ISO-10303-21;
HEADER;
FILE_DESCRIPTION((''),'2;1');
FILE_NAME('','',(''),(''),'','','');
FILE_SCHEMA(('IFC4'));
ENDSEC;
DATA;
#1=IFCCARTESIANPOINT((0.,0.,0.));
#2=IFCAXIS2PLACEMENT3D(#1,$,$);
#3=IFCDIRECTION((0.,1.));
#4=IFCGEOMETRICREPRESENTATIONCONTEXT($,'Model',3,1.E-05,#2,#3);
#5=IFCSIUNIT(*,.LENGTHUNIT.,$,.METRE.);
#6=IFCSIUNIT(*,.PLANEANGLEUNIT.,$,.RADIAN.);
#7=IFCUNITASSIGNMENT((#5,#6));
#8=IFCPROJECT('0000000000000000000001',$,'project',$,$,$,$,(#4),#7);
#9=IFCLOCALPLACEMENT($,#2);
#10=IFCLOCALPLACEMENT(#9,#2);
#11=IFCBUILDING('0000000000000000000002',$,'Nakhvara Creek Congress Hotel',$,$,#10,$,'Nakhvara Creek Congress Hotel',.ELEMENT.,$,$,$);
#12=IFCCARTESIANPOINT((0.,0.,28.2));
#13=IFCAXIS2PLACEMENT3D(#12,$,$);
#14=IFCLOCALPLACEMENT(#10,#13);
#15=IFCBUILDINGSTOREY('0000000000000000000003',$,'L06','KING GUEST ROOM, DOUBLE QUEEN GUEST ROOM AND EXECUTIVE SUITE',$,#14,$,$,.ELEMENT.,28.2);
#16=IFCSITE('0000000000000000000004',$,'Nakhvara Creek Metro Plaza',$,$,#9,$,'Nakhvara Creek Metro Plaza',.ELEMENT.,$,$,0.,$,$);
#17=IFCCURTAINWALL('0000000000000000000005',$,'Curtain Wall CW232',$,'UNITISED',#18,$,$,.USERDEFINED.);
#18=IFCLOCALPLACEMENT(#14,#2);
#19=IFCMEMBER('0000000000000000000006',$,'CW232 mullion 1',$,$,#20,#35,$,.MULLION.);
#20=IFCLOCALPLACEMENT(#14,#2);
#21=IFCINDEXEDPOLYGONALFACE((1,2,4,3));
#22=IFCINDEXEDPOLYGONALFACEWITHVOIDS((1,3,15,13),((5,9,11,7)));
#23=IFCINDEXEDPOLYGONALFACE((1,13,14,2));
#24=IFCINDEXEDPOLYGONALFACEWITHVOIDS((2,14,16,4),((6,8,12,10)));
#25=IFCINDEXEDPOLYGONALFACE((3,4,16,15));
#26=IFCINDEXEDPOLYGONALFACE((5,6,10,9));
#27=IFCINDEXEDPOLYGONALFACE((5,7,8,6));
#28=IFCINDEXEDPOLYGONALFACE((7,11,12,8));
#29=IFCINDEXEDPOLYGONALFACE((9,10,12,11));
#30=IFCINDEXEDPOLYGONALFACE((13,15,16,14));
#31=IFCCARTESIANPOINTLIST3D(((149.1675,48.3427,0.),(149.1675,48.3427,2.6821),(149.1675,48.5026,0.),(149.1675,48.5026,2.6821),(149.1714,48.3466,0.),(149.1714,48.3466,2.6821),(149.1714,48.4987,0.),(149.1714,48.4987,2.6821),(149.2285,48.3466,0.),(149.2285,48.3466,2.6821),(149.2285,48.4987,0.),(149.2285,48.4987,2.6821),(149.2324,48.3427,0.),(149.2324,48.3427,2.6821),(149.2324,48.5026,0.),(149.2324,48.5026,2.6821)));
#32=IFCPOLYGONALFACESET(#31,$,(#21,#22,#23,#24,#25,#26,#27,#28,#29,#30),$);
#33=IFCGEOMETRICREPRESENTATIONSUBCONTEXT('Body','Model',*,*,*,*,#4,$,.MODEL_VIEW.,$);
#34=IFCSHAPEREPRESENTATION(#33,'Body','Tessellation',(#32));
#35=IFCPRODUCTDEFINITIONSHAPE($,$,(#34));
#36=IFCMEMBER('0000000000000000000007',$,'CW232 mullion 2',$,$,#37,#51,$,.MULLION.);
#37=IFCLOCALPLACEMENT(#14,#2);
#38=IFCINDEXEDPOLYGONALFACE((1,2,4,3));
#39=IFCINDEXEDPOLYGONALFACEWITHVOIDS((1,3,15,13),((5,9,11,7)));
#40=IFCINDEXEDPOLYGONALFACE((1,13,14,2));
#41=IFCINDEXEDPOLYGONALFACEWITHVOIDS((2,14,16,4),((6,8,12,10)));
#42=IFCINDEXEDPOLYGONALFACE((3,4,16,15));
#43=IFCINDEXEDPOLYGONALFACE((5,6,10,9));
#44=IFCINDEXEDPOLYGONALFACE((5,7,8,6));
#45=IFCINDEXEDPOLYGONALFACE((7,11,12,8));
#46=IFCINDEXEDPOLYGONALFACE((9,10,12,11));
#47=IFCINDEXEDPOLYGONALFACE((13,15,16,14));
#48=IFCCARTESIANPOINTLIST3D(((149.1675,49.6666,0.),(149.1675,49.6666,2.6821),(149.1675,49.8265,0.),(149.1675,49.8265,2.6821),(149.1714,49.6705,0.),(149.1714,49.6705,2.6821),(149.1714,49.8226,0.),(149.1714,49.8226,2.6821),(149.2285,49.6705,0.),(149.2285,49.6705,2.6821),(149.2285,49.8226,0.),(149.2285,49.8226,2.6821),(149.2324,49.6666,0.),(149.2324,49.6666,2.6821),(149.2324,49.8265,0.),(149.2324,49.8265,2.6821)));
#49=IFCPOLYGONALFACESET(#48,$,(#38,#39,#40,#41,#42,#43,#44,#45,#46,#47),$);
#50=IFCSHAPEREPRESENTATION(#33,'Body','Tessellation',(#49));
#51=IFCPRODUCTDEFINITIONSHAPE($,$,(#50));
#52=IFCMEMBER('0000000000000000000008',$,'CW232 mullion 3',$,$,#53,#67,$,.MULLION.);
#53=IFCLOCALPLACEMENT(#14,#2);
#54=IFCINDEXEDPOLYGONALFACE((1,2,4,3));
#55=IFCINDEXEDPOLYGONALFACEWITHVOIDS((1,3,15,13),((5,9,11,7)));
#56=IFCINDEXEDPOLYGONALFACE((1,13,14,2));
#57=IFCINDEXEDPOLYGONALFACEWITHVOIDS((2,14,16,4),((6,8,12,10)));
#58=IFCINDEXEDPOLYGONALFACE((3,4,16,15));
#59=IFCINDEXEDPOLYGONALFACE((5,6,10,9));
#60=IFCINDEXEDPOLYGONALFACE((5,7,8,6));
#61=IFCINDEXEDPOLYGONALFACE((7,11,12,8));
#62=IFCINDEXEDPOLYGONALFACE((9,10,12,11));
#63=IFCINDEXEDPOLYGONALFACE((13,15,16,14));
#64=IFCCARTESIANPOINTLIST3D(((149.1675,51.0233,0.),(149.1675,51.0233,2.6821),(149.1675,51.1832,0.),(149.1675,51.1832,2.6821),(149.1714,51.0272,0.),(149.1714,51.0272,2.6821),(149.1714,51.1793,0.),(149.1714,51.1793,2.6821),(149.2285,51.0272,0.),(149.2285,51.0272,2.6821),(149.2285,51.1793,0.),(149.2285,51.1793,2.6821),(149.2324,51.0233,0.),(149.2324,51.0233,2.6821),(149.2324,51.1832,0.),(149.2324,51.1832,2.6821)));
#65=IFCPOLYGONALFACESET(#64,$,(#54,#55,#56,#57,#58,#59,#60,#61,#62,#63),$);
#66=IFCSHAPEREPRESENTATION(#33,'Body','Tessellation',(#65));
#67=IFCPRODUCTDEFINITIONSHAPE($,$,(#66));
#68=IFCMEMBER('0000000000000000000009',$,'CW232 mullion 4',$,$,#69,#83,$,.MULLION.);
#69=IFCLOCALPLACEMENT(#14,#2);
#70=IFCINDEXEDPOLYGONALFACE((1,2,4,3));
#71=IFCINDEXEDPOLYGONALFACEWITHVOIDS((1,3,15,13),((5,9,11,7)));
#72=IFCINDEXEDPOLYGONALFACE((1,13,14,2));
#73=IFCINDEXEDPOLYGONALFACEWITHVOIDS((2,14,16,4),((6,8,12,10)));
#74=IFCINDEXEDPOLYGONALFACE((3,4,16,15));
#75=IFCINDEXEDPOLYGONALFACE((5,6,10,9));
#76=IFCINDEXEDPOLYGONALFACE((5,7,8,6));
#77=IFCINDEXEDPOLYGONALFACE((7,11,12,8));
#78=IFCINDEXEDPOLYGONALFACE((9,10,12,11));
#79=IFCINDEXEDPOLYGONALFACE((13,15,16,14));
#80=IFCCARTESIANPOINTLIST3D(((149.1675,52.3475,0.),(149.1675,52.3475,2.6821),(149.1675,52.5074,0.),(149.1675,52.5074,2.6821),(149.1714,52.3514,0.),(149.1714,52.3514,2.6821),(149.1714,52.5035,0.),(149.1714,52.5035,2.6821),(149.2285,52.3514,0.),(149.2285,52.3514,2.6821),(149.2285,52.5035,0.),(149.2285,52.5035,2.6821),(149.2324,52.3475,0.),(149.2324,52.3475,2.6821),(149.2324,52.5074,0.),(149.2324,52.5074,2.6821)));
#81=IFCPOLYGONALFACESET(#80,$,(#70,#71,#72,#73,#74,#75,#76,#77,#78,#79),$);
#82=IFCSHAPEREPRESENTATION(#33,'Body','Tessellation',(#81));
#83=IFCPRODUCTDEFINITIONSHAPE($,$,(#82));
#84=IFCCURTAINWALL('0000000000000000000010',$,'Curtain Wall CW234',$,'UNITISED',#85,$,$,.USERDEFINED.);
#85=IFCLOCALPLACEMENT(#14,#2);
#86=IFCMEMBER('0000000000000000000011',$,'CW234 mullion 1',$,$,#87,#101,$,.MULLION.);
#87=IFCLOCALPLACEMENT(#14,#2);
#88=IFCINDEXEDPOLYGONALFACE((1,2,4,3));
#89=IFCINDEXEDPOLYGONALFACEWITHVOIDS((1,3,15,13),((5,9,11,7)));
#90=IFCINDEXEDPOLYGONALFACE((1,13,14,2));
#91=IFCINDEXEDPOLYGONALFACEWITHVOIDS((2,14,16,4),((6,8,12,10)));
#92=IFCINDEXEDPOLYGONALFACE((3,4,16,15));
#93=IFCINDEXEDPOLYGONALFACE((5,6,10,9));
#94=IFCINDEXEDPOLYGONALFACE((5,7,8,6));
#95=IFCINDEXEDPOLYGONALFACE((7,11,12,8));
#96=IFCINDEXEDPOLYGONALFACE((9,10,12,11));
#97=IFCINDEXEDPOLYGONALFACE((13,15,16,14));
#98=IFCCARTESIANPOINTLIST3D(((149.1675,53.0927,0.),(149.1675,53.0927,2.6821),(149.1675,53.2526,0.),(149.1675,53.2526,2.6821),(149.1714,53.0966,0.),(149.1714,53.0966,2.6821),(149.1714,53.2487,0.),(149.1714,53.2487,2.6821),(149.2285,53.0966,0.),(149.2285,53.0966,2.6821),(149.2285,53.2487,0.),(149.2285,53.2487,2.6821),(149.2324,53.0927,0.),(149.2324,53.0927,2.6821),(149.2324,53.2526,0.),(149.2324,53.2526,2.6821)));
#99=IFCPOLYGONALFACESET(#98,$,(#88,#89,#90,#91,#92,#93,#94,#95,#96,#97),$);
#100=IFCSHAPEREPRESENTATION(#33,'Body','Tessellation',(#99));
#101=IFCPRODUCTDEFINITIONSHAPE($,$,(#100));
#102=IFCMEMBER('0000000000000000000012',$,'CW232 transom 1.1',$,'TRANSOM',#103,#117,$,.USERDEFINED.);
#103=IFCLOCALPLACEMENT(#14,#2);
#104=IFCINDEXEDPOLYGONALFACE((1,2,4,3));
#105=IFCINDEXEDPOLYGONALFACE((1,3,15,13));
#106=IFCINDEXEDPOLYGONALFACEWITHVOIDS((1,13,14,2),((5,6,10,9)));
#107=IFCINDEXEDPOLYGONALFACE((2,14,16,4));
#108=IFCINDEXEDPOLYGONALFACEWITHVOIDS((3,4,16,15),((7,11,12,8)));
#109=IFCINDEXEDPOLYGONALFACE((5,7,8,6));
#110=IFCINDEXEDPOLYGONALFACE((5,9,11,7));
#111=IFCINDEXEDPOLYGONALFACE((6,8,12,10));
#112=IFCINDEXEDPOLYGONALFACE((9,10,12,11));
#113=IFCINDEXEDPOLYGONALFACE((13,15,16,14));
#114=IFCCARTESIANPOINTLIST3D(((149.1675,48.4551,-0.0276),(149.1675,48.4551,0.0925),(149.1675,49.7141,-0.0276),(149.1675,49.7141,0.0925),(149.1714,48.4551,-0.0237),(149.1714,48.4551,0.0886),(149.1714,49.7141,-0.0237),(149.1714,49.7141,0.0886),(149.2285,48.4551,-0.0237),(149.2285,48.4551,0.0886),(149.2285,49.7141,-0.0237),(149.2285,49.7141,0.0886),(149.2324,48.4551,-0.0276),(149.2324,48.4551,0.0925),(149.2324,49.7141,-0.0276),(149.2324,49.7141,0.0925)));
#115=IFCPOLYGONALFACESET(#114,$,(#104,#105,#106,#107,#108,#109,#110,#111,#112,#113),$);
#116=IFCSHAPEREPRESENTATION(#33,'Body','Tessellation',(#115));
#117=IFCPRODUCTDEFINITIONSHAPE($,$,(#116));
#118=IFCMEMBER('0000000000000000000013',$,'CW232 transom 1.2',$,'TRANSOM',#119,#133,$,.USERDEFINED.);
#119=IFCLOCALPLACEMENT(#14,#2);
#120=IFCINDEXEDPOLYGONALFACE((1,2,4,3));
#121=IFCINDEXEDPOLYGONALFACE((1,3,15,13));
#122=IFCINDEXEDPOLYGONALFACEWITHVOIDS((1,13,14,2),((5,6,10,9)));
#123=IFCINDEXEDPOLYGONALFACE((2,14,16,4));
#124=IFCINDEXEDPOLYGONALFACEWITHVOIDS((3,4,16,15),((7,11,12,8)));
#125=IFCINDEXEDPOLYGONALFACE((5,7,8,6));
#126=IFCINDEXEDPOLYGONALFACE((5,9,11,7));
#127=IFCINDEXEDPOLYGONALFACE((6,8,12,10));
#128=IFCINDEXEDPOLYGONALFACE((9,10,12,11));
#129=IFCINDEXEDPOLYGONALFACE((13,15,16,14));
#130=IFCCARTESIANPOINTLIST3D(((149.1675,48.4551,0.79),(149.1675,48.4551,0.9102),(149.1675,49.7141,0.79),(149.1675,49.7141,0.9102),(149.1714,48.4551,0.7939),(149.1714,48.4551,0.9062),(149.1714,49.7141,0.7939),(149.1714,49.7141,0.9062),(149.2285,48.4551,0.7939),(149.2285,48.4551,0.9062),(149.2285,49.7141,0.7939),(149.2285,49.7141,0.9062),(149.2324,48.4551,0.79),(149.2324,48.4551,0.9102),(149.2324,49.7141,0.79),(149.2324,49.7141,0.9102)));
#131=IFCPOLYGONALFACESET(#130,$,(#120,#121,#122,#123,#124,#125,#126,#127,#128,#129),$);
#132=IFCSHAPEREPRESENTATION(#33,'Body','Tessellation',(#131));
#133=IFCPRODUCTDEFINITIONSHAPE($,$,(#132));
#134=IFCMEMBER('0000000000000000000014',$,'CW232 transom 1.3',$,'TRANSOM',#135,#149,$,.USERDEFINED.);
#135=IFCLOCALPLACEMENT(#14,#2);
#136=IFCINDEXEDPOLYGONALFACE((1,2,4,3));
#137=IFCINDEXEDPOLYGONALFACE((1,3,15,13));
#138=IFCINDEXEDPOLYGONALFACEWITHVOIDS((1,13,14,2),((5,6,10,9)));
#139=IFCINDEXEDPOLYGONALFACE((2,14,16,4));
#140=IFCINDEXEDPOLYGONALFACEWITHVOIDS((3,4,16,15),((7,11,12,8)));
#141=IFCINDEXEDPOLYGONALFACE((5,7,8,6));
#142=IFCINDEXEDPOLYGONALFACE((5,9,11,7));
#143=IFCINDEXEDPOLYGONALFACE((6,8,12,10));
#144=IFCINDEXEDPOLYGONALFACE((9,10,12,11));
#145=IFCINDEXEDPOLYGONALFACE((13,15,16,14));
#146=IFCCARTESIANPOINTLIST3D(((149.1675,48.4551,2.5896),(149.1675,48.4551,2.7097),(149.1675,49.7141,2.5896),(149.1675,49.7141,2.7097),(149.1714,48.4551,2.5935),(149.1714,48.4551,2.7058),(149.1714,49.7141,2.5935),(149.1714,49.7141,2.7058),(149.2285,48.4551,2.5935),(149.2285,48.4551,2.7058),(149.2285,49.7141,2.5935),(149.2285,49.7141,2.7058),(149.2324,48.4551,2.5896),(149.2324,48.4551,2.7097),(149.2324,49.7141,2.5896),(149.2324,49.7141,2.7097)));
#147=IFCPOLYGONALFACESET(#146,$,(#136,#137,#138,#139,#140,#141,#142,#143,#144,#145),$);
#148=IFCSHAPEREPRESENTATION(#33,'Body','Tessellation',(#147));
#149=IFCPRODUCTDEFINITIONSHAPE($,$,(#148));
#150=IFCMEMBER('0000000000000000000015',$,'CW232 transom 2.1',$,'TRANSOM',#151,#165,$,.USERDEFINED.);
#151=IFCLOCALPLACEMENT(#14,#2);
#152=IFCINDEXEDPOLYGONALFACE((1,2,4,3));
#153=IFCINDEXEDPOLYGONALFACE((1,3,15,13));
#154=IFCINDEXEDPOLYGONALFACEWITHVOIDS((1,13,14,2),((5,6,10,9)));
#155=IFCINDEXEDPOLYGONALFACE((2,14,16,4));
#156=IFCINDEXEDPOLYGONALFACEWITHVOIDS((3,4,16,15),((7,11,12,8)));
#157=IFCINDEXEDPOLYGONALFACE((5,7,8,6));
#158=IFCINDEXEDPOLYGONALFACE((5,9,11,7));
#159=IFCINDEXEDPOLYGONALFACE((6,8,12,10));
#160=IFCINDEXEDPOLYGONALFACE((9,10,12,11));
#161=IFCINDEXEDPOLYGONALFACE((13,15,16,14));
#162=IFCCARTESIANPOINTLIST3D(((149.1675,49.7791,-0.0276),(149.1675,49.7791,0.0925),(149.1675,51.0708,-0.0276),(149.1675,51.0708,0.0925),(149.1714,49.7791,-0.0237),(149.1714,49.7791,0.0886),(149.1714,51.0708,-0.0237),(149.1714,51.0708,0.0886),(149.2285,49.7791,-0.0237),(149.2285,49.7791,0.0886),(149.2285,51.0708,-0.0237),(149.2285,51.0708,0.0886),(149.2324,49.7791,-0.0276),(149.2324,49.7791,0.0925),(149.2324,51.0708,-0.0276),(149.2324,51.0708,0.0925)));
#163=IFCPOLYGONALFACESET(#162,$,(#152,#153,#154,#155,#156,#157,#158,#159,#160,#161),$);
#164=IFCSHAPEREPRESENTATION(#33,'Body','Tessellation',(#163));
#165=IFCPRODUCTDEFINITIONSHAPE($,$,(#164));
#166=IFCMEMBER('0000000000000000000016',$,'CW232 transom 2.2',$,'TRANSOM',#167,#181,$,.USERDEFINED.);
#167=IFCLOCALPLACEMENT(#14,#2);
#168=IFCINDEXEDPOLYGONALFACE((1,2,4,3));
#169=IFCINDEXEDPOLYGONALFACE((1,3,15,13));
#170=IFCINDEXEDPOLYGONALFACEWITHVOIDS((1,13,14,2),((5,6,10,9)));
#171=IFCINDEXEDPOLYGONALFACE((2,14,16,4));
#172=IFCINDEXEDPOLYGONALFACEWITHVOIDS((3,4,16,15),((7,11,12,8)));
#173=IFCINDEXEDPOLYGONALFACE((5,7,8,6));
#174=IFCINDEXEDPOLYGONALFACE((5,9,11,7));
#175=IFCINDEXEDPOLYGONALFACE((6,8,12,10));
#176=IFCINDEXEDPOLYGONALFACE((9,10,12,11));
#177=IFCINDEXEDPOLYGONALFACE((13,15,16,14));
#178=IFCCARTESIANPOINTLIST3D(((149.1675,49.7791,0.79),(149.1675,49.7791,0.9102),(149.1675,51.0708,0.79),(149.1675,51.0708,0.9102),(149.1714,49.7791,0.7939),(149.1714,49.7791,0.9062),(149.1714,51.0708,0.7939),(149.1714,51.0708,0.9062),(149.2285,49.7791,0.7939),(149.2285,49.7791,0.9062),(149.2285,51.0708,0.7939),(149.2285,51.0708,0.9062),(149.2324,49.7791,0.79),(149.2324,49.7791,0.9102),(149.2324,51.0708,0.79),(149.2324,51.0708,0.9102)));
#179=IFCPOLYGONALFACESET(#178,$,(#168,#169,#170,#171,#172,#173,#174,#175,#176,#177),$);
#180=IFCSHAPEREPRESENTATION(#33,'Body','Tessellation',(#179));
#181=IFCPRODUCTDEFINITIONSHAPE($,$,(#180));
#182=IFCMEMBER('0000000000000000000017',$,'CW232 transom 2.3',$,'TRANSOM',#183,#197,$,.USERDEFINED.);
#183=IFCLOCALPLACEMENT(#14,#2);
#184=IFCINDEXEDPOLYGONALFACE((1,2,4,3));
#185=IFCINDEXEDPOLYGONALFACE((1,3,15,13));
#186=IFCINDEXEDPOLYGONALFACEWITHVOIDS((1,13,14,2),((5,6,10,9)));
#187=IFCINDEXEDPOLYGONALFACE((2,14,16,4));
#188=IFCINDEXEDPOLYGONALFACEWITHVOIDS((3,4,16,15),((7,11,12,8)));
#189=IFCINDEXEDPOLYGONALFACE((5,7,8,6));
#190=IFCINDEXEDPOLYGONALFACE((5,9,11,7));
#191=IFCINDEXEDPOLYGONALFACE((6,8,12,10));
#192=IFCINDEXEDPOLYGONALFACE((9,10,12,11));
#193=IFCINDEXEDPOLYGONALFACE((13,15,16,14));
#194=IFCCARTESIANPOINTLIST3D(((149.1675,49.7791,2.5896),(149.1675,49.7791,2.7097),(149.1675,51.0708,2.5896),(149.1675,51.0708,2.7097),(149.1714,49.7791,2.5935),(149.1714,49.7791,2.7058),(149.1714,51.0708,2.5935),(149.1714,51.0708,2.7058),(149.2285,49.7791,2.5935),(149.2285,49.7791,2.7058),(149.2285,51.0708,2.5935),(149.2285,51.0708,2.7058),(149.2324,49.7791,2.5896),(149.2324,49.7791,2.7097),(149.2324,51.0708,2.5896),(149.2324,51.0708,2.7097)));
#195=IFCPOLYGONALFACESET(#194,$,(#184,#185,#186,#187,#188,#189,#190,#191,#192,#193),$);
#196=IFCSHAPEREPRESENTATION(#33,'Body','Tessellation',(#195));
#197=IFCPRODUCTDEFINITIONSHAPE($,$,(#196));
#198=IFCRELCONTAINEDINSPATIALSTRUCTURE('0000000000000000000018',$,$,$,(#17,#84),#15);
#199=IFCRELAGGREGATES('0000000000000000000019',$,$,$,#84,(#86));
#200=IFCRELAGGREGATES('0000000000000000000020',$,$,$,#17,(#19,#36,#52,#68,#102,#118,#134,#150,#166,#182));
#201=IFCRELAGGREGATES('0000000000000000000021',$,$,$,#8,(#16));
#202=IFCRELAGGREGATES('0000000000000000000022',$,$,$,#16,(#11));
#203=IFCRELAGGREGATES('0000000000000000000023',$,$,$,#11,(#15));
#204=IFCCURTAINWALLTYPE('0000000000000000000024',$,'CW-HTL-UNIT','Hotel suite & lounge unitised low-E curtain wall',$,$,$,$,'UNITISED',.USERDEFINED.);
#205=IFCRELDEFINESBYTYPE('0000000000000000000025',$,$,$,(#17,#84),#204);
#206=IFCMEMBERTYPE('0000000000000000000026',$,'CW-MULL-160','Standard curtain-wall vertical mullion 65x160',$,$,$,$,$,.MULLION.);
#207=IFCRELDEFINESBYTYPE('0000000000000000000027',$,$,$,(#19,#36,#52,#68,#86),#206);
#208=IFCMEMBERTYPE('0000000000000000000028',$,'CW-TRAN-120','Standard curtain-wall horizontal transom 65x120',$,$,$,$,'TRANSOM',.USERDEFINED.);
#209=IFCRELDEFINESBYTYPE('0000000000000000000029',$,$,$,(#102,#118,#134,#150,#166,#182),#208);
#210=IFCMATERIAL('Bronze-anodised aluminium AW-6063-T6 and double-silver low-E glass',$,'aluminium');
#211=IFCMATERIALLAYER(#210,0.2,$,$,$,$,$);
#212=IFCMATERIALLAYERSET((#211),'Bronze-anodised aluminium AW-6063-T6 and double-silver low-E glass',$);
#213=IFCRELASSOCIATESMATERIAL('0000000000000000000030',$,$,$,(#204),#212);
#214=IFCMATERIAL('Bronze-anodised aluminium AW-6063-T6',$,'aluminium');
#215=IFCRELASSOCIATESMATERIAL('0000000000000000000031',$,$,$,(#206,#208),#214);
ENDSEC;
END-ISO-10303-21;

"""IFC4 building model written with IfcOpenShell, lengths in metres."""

from ifc_helpers import new_model, si_unit, direction, frame, origin, origin_2d, place, context, subcontext, project, spatial, hollow_rectangle, extrude, material, layer, layer_set, material_profile, profile_set, type_object, element, aggregate, save


model = new_model("IFC4")

# Units and contexts
model_context = context("Model", 3, precision=1e-05, world=origin(), true_north=direction((0.0, 1.0)))
body_context = subcontext(model_context, "Body", "Model", "MODEL_VIEW")
ifc_project = project(units=[si_unit("LENGTHUNIT", "METRE"), si_unit("PLANEANGLEUNIT", "RADIAN")], contexts=[model_context])

# Site, building, storey
site_placement = place(None, origin())
site = spatial("IfcSite", under=ifc_project, at=site_placement, Name="Nakhvara Creek Metro Plaza", LongName="Nakhvara Creek Metro Plaza", CompositionType="ELEMENT", RefElevation=0.0)
building_placement = place(site_placement, origin())
building = spatial("IfcBuilding", under=site, at=building_placement, Name="Nakhvara Creek Congress Hotel", LongName="Nakhvara Creek Congress Hotel", CompositionType="ELEMENT")
storey_placement = place(building_placement, frame((0.0, 0.0, 28.2)))
storey = spatial("IfcBuildingStorey", under=building, at=storey_placement, Name="L06", Description="KING GUEST ROOM, DOUBLE QUEEN GUEST ROOM AND EXECUTIVE SUITE", CompositionType="ELEMENT", Elevation=28.2)

# Curtain wall, members
ifc_material_1 = material(Name="Bronze-anodised aluminium AW-6063-T6 and double-silver low-E glass", Category="aluminium")
ifc_layer = layer(ifc_material_1, 0.2)
ifc_layer_set = layer_set([ifc_layer], Name="Bronze-anodised aluminium AW-6063-T6 and double-silver low-E glass")
curtain_wall_type = type_object("IfcCurtainWallType", Name="CW-HTL-UNIT", Description="Hotel suite & lounge unitised low-E curtain wall", ElementType="UNITISED", PredefinedType="USERDEFINED", material=ifc_layer_set)
curtain_wall_1_placement = place(storey_placement, origin())
curtain_wall_1 = element("IfcCurtainWall", 1, at=curtain_wall_1_placement, inside=storey, type_object=curtain_wall_type, Name="Curtain Wall CW232", ObjectType="UNITISED", PredefinedType="USERDEFINED")
ifc_material_2 = material(Name="Bronze-anodised aluminium AW-6063-T6", Category="aluminium")
ifc_material_profile_1 = material_profile(ifc_material_2, hollow_rectangle(XDim=0.0649, YDim=0.1599, WallThickness=0.0039, at=origin_2d()), Name="ALU-MULL 65x160x4", Category="LoadBearing")
ifc_profile_set_1 = profile_set([ifc_material_profile_1], Name="Bronze-anodised aluminium AW-6063-T6")
member_type_1 = type_object("IfcMemberType", Name="CW-MULL-160", Description="Standard curtain-wall vertical mullion 65x160", PredefinedType="MULLION", material=ifc_profile_set_1)
member_1_placement = place(storey_placement, frame((149.2, 48.4226, 0.0), z_axis=(0.0, 0.0, 1.0), x_axis=(-1.0, 0.0, 0.0)))
member_1 = element("IfcMember", 2, at=member_1_placement, type_object=member_type_1, Name="CW232 mullion 1", PredefinedType="MULLION", context=body_context, shape_type="SweptSolid", body=[
    extrude(hollow_rectangle(XDim=0.0649, YDim=0.1599, WallThickness=0.0039, at=origin_2d()), origin(), (0.0, 0.0, 1.0), 2.6821),
])
member_2_placement = place(storey_placement, frame((149.2, 49.7466, 0.0), z_axis=(0.0, 0.0, 1.0), x_axis=(-1.0, 0.0, 0.0)))
member_2 = element("IfcMember", 3, at=member_2_placement, type_object=member_type_1, Name="CW232 mullion 2", PredefinedType="MULLION", context=body_context, shape_type="SweptSolid", body=[
    extrude(hollow_rectangle(XDim=0.0649, YDim=0.1599, WallThickness=0.0039, at=origin_2d()), origin(), (0.0, 0.0, 1.0), 2.6821),
])
member_3_placement = place(storey_placement, frame((149.2, 51.1033, 0.0), z_axis=(0.0, 0.0, 1.0), x_axis=(-1.0, 0.0, 0.0)))
member_3 = element("IfcMember", 4, at=member_3_placement, type_object=member_type_1, Name="CW232 mullion 3", PredefinedType="MULLION", context=body_context, shape_type="SweptSolid", body=[
    extrude(hollow_rectangle(XDim=0.0649, YDim=0.1599, WallThickness=0.0039, at=origin_2d()), origin(), (0.0, 0.0, 1.0), 2.6821),
])
member_4_placement = place(storey_placement, frame((149.2, 52.4275, 0.0), z_axis=(0.0, 0.0, 1.0), x_axis=(-1.0, 0.0, 0.0)))
member_4 = element("IfcMember", 5, at=member_4_placement, type_object=member_type_1, Name="CW232 mullion 4", PredefinedType="MULLION", context=body_context, shape_type="SweptSolid", body=[
    extrude(hollow_rectangle(XDim=0.0649, YDim=0.1599, WallThickness=0.0039, at=origin_2d()), origin(), (0.0, 0.0, 1.0), 2.6821),
])

# Curtain wall, member
curtain_wall_2_placement = place(storey_placement, origin())
curtain_wall_2 = element("IfcCurtainWall", 6, at=curtain_wall_2_placement, inside=storey, type_object=curtain_wall_type, Name="Curtain Wall CW234", ObjectType="UNITISED", PredefinedType="USERDEFINED")
member_5_placement = place(storey_placement, frame((149.2, 53.1726, 0.0), z_axis=(0.0, 0.0, 1.0), x_axis=(-1.0, 0.0, 0.0)))
member_5 = element("IfcMember", 7, at=member_5_placement, type_object=member_type_1, Name="CW234 mullion 1", PredefinedType="MULLION", context=body_context, shape_type="SweptSolid", body=[
    extrude(hollow_rectangle(XDim=0.0649, YDim=0.1599, WallThickness=0.0039, at=origin_2d()), origin(), (0.0, 0.0, 1.0), 2.6821),
])

# Members
ifc_material_profile_2 = material_profile(ifc_material_2, hollow_rectangle(XDim=0.0649, YDim=0.1201, WallThickness=0.0039, at=origin_2d()), Name="ALU-TRAN 65x120x4", Category="LoadBearing")
ifc_profile_set_2 = profile_set([ifc_material_profile_2], Name="Bronze-anodised aluminium AW-6063-T6")
member_type_2 = type_object("IfcMemberType", Name="CW-TRAN-120", Description="Standard curtain-wall horizontal transom 65x120", ElementType="TRANSOM", PredefinedType="USERDEFINED", material=ifc_profile_set_2)
member_6_placement = place(storey_placement, frame((149.2, 48.4551, 0.0325), z_axis=(0.0, 1.0, 0.0), x_axis=(-1.0, 0.0, 0.0)))
member_6 = element("IfcMember", 8, at=member_6_placement, type_object=member_type_2, Name="CW232 transom 1.1", ObjectType="TRANSOM", PredefinedType="USERDEFINED", context=body_context, shape_type="SweptSolid", body=[
    extrude(hollow_rectangle(XDim=0.0649, YDim=0.1201, WallThickness=0.0039, at=origin_2d()), origin(), (0.0, 0.0, 1.0), 1.259),
])
member_7_placement = place(storey_placement, frame((149.2, 48.4551, 0.8501), z_axis=(0.0, 1.0, 0.0), x_axis=(-1.0, 0.0, 0.0)))
member_7 = element("IfcMember", 9, at=member_7_placement, type_object=member_type_2, Name="CW232 transom 1.2", ObjectType="TRANSOM", PredefinedType="USERDEFINED", context=body_context, shape_type="SweptSolid", body=[
    extrude(hollow_rectangle(XDim=0.0649, YDim=0.1201, WallThickness=0.0039, at=origin_2d()), origin(), (0.0, 0.0, 1.0), 1.259),
])
member_8_placement = place(storey_placement, frame((149.2, 48.4551, 2.6497), z_axis=(0.0, 1.0, 0.0), x_axis=(-1.0, 0.0, 0.0)))
member_8 = element("IfcMember", 10, at=member_8_placement, type_object=member_type_2, Name="CW232 transom 1.3", ObjectType="TRANSOM", PredefinedType="USERDEFINED", context=body_context, shape_type="SweptSolid", body=[
    extrude(hollow_rectangle(XDim=0.0649, YDim=0.1201, WallThickness=0.0039, at=origin_2d()), origin(), (0.0, 0.0, 1.0), 1.259),
])
member_9_placement = place(storey_placement, frame((149.2, 49.7791, 0.0325), z_axis=(0.0, 1.0, 0.0), x_axis=(-1.0, 0.0, 0.0)))
member_9 = element("IfcMember", 11, at=member_9_placement, type_object=member_type_2, Name="CW232 transom 2.1", ObjectType="TRANSOM", PredefinedType="USERDEFINED", context=body_context, shape_type="SweptSolid", body=[
    extrude(hollow_rectangle(XDim=0.0649, YDim=0.1201, WallThickness=0.0039, at=origin_2d()), origin(), (0.0, 0.0, 1.0), 1.2917),
])
member_10_placement = place(storey_placement, frame((149.2, 49.7791, 0.8501), z_axis=(0.0, 1.0, 0.0), x_axis=(-1.0, 0.0, 0.0)))
member_10 = element("IfcMember", 12, at=member_10_placement, type_object=member_type_2, Name="CW232 transom 2.2", ObjectType="TRANSOM", PredefinedType="USERDEFINED", context=body_context, shape_type="SweptSolid", body=[
    extrude(hollow_rectangle(XDim=0.0649, YDim=0.1201, WallThickness=0.0039, at=origin_2d()), origin(), (0.0, 0.0, 1.0), 1.2917),
])
member_11_placement = place(storey_placement, frame((149.2, 49.7791, 2.6497), z_axis=(0.0, 1.0, 0.0), x_axis=(-1.0, 0.0, 0.0)))
member_11 = element("IfcMember", 13, at=member_11_placement, type_object=member_type_2, Name="CW232 transom 2.3", ObjectType="TRANSOM", PredefinedType="USERDEFINED", context=body_context, shape_type="SweptSolid", body=[
    extrude(hollow_rectangle(XDim=0.0649, YDim=0.1201, WallThickness=0.0039, at=origin_2d()), origin(), (0.0, 0.0, 1.0), 1.2917),
])
aggregate(curtain_wall_2, [member_5])

aggregate(curtain_wall_1, [member_1, member_2, member_3, member_4, member_6, member_7, member_8, member_9, member_10, member_11])

save(model, "model.ifc")
